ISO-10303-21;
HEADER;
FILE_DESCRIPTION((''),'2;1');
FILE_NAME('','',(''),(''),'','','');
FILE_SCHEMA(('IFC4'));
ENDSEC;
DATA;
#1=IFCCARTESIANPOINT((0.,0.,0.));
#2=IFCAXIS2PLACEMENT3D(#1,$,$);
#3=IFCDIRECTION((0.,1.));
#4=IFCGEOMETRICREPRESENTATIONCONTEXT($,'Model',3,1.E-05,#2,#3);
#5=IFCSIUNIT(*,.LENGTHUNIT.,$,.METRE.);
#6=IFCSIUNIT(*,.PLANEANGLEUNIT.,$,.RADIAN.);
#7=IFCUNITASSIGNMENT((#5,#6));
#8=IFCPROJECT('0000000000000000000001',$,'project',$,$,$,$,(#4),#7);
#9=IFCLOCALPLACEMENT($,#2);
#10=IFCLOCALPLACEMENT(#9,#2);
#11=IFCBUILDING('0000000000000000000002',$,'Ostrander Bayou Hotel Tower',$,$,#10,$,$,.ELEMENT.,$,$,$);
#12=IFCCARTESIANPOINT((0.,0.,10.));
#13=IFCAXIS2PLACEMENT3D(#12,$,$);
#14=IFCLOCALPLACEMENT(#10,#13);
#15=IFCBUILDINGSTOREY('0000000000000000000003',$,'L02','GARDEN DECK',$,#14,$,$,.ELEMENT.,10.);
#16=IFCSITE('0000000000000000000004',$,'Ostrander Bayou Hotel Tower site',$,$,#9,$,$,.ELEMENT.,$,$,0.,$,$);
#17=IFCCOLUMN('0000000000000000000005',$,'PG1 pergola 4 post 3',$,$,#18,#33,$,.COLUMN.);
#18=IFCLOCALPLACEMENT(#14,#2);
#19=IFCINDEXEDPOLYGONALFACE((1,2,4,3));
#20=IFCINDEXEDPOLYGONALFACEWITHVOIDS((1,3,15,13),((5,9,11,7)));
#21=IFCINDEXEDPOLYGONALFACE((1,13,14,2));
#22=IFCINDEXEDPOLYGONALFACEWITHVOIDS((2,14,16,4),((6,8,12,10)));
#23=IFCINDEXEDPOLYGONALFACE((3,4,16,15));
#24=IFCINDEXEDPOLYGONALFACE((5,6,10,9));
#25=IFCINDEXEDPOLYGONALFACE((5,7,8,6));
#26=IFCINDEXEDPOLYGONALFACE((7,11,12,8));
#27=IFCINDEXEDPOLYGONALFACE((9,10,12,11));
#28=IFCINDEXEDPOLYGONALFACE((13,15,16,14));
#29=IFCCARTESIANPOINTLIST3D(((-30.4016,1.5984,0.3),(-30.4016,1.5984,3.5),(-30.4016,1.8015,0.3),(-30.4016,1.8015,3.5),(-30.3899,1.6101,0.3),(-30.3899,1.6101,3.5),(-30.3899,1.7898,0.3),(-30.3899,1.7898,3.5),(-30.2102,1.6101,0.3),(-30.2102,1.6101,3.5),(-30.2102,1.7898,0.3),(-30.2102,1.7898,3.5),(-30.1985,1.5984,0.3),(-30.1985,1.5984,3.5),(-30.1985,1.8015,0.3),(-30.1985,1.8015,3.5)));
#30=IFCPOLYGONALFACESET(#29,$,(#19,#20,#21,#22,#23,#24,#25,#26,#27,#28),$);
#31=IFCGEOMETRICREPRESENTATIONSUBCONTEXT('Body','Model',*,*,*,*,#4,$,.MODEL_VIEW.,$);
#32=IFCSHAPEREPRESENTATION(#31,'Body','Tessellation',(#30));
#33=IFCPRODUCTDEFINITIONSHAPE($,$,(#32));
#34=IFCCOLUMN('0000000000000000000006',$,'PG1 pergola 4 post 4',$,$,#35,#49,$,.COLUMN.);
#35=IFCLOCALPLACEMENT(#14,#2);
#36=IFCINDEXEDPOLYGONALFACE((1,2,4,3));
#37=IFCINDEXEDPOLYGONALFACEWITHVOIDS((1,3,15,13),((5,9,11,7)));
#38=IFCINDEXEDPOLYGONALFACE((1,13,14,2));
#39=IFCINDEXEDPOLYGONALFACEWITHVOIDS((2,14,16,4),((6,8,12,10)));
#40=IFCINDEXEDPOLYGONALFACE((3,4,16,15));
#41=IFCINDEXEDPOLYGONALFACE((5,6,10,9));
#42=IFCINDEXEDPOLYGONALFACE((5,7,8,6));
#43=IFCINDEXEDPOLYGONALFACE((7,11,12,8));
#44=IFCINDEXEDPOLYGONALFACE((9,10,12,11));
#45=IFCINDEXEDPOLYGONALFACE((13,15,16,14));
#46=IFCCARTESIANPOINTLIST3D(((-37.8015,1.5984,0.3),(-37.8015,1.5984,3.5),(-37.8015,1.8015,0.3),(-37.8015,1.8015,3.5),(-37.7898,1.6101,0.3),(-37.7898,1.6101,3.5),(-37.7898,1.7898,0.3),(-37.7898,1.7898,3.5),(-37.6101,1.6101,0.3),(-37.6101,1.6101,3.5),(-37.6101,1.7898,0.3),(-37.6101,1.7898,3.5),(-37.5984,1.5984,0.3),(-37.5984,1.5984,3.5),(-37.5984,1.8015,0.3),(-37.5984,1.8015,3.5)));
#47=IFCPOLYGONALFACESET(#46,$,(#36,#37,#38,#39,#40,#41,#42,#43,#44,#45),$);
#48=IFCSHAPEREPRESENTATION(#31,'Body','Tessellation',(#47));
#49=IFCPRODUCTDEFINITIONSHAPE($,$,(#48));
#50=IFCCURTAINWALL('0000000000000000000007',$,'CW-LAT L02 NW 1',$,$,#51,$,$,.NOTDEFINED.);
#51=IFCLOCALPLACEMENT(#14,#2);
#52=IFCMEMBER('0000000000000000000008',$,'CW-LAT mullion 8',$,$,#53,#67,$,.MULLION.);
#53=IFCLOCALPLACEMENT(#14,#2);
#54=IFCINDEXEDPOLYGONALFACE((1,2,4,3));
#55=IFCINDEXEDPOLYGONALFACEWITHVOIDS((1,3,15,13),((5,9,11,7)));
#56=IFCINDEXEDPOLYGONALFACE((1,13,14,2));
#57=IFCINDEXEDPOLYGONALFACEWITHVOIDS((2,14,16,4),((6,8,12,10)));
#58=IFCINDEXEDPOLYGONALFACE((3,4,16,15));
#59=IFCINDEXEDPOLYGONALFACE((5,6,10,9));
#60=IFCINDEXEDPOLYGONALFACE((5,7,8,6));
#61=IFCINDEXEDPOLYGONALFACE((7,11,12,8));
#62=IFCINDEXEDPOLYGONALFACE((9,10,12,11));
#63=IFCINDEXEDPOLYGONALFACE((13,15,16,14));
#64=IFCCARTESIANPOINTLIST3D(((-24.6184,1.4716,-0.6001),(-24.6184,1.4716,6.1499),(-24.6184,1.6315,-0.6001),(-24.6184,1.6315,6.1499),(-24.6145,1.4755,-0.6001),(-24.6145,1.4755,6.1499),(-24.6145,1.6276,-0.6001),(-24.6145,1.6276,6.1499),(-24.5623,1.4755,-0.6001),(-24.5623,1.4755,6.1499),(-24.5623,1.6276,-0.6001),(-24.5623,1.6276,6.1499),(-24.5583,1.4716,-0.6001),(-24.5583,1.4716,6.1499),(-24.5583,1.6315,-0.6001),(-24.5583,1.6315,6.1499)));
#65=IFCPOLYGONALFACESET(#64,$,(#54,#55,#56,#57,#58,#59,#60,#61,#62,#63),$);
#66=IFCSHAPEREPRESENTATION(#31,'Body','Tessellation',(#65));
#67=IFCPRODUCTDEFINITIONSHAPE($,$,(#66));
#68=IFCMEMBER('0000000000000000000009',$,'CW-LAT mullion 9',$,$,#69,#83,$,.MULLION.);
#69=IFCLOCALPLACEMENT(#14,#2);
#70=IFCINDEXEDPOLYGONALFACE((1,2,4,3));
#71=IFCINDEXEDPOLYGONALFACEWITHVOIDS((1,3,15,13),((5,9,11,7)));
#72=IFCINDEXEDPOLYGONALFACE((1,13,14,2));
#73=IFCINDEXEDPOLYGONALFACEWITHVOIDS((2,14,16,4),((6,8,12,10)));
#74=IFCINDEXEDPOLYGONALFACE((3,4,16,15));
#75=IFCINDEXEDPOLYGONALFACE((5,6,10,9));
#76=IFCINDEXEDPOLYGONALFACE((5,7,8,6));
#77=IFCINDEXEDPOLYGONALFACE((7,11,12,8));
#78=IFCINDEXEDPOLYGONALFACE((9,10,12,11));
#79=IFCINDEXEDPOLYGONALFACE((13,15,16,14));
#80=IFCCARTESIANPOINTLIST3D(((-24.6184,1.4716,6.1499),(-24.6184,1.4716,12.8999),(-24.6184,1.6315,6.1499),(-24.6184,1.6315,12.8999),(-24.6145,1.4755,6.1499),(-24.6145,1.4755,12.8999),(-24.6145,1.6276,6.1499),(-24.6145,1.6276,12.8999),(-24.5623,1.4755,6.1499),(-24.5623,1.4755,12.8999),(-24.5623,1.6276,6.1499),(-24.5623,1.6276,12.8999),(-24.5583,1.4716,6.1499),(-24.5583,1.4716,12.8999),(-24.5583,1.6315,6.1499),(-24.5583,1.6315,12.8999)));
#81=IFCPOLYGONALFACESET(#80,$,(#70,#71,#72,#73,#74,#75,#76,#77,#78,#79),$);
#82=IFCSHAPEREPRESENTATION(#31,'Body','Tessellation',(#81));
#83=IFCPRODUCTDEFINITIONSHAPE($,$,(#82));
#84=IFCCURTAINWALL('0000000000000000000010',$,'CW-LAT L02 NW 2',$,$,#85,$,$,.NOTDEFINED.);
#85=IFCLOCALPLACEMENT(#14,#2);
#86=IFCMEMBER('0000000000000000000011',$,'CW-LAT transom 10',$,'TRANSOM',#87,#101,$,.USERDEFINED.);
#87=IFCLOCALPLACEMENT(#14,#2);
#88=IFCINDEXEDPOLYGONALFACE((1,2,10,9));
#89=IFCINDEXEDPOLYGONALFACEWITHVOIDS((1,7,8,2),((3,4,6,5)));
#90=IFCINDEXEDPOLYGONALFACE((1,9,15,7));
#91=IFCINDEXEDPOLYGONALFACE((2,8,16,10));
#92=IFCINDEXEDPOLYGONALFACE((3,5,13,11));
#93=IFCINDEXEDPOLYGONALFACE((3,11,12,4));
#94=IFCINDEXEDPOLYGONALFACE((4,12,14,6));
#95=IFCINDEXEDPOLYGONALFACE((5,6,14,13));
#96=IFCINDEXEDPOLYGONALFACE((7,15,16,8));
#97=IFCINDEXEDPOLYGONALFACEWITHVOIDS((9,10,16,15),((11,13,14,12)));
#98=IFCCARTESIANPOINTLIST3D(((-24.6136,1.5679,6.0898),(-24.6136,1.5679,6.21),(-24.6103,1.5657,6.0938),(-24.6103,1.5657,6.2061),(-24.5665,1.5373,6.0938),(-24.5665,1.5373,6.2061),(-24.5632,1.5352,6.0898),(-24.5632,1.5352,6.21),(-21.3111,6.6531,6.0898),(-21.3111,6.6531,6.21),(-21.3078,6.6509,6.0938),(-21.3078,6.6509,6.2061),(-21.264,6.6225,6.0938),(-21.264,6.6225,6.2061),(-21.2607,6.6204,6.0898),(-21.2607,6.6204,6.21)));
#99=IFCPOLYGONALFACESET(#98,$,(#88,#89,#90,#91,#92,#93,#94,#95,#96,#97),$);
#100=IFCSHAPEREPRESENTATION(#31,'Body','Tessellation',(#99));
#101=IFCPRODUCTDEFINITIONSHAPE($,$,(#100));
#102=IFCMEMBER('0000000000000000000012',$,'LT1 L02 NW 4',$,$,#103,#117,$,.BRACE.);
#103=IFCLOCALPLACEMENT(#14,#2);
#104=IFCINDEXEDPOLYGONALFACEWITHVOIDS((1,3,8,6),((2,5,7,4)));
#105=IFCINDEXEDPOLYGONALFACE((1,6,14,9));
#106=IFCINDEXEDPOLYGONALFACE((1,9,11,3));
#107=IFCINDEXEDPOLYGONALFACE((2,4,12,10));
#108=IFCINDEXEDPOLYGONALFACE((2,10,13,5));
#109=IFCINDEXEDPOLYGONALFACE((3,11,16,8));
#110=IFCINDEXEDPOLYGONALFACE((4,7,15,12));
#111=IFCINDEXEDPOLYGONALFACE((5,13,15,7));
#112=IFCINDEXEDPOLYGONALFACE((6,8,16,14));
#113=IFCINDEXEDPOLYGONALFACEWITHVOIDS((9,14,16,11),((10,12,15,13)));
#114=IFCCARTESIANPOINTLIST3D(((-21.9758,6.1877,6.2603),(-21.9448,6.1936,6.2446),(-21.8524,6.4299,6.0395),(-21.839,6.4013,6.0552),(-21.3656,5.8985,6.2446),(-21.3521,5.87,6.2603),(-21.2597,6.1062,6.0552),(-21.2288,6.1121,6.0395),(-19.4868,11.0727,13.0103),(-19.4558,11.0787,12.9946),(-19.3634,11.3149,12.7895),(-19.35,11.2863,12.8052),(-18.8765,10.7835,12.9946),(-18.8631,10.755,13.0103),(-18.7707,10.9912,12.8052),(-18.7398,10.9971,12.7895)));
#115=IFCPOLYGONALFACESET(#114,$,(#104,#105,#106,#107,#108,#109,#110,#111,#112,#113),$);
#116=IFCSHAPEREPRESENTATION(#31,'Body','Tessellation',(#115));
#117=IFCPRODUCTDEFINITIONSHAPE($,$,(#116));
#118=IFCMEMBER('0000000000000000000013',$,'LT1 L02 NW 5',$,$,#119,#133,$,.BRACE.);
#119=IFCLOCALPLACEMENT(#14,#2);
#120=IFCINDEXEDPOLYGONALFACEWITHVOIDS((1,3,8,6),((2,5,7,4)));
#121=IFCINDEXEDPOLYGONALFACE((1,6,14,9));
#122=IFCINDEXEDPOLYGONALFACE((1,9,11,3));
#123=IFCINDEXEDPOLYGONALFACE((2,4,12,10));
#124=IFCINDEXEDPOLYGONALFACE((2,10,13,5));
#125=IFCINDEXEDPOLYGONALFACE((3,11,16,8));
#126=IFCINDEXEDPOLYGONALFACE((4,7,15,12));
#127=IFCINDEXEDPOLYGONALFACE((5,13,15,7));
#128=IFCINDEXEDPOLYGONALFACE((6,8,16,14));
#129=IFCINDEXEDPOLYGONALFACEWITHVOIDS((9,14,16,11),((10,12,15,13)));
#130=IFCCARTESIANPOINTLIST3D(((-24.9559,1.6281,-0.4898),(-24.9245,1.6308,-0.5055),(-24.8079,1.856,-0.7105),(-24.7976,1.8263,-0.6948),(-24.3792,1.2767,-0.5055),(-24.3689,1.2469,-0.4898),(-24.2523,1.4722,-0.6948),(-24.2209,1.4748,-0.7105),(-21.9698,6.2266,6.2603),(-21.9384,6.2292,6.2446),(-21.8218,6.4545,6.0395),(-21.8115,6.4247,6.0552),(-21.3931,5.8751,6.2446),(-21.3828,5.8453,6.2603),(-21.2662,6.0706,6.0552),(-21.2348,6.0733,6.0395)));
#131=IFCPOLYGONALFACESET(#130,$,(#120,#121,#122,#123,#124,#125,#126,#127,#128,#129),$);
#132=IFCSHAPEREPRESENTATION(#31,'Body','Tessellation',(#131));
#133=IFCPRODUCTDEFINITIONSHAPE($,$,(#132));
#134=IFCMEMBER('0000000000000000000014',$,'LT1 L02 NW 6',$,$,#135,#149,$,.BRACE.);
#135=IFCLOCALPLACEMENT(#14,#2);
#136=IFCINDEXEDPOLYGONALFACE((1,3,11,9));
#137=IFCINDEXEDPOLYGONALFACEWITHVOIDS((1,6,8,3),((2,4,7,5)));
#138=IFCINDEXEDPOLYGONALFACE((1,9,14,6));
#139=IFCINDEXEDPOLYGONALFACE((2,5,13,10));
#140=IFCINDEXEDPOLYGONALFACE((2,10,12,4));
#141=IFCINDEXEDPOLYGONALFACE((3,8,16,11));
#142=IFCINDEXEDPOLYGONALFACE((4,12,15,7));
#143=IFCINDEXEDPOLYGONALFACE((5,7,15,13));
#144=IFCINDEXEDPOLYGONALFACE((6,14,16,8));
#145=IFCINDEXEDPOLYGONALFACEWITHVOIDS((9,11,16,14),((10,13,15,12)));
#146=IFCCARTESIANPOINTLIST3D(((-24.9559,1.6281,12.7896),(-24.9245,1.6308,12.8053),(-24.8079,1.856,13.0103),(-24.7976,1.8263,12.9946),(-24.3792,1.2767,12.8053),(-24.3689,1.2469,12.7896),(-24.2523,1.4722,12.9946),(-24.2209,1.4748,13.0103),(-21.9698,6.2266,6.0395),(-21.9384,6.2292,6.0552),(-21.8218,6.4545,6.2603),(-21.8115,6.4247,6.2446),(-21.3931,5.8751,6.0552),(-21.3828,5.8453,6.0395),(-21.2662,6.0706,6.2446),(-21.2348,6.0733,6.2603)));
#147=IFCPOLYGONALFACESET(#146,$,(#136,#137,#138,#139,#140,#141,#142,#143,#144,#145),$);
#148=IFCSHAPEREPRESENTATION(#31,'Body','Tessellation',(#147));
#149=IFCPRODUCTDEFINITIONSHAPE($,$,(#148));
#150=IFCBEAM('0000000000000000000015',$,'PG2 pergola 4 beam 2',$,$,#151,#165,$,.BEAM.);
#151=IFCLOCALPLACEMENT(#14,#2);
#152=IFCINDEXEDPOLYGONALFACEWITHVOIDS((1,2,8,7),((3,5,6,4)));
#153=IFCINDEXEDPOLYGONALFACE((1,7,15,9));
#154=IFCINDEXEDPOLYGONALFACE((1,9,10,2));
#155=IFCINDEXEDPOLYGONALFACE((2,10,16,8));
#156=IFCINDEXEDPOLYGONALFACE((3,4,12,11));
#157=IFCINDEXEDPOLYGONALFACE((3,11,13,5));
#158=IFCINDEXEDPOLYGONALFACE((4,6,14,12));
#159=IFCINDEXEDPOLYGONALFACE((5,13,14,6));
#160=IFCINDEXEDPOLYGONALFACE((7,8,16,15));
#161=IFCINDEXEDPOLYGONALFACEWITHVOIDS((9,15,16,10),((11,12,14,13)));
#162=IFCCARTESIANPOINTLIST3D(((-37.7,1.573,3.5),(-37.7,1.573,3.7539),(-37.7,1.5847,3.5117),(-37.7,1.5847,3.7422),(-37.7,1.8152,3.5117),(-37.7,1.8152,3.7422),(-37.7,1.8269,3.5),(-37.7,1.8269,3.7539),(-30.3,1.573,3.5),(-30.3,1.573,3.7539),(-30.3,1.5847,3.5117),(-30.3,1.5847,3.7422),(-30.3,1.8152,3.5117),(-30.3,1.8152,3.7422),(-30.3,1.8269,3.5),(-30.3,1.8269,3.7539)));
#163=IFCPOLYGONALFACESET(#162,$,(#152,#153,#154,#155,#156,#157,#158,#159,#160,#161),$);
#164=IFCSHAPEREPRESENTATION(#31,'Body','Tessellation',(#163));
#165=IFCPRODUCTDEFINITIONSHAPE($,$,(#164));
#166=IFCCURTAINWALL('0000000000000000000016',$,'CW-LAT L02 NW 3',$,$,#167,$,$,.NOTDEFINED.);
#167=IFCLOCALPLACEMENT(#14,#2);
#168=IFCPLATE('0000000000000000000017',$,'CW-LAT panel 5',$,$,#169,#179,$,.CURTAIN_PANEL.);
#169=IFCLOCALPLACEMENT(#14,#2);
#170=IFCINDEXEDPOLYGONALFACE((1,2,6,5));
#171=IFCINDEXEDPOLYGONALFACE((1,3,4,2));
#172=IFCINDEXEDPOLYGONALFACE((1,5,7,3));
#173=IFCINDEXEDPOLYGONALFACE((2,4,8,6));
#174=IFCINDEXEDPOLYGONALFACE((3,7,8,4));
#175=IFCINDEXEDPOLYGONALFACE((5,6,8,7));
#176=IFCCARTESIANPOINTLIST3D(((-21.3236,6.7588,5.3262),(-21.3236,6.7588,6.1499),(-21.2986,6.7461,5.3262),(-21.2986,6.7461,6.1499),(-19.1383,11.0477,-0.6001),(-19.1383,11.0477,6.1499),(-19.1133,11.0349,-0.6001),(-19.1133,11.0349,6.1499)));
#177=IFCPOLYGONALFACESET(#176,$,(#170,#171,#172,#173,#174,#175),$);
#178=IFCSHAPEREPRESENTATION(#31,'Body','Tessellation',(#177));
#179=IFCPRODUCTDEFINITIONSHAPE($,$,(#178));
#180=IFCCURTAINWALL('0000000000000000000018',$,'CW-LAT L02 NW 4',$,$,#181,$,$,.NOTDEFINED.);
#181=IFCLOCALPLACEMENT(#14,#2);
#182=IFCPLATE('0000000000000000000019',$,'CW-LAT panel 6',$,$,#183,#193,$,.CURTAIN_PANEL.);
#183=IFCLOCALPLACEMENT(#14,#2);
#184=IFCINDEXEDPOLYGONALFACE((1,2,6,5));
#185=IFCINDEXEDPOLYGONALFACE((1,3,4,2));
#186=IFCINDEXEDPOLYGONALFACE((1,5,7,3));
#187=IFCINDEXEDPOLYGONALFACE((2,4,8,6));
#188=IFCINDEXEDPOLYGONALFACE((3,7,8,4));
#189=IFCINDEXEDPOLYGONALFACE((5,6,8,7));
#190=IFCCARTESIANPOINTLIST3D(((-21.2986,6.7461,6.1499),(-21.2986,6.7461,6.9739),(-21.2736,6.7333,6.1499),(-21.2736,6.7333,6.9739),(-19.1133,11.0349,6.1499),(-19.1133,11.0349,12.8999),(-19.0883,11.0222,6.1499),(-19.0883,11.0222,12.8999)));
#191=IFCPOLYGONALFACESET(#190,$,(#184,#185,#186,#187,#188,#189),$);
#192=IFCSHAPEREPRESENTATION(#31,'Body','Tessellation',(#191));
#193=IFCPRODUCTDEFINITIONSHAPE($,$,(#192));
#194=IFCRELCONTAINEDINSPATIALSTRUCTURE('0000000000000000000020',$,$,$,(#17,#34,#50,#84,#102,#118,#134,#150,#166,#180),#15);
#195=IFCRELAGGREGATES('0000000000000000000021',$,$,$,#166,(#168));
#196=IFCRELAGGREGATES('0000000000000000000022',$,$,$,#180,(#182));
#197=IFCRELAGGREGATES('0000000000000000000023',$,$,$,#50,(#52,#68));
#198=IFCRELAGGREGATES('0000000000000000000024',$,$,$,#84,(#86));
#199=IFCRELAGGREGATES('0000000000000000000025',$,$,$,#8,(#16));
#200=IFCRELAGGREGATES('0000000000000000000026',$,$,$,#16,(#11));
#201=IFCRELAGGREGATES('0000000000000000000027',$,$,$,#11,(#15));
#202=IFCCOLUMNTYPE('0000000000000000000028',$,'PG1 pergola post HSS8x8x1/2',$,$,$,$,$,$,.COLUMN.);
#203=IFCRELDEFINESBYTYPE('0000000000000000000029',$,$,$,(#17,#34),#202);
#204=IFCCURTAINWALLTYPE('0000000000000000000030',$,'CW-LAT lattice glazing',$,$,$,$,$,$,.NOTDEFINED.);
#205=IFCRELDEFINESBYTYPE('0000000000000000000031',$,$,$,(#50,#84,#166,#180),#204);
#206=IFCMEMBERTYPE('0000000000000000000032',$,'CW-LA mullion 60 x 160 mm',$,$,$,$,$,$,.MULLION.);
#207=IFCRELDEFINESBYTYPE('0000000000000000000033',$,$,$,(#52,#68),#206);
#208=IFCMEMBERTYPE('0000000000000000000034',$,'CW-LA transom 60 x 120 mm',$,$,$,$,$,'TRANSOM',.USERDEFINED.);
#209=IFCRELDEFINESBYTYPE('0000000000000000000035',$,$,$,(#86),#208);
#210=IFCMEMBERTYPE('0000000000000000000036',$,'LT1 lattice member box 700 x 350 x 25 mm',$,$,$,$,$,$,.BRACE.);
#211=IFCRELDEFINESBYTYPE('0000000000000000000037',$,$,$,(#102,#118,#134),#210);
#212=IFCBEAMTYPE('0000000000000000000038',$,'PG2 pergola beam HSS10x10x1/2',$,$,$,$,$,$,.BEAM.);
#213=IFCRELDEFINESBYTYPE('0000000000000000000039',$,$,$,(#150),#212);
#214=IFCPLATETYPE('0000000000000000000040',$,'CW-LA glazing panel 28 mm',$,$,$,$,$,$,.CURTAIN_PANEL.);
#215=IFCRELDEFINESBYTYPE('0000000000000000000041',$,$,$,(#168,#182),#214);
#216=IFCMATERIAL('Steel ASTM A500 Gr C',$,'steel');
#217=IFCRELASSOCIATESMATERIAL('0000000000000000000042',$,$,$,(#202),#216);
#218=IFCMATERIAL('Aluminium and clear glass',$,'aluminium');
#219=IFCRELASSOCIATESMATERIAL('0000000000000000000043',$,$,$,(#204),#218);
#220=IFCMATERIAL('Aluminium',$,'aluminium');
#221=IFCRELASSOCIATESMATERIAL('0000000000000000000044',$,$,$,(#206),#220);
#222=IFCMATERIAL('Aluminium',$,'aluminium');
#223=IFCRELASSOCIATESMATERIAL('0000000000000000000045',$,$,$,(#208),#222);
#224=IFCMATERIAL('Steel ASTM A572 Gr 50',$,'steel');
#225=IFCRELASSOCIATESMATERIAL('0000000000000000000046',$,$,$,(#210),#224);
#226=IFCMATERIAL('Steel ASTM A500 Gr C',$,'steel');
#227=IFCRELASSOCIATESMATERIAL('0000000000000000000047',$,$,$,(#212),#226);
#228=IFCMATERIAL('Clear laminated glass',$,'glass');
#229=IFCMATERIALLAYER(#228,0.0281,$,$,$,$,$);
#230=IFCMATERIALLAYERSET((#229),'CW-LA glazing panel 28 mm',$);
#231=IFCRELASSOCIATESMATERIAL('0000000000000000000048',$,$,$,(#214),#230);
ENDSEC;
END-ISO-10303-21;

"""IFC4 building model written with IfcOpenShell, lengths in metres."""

from ifc_helpers import new_model, si_unit, direction, frame, origin, origin_2d, place, context, subcontext, project, spatial, polyline, hollow_rectangle, outline, extrude, material, layer, layer_set, material_profile, profile_set, type_object, element, aggregate, save


model = new_model("IFC4")

# Units and contexts
model_context = context("Model", 3, precision=1e-05, world=origin(), true_north=direction((0.0, 1.0)))
body_context = subcontext(model_context, "Body", "Model", "MODEL_VIEW")
ifc_project = project(units=[si_unit("LENGTHUNIT", "METRE"), si_unit("PLANEANGLEUNIT", "RADIAN")], contexts=[model_context])

# Site, building, storey
site_placement = place(None, origin())
site = spatial("IfcSite", under=ifc_project, at=site_placement, Name="Ostrander Bayou Hotel Tower site", CompositionType="ELEMENT", RefElevation=0.0)
building_placement = place(site_placement, origin())
building = spatial("IfcBuilding", under=site, at=building_placement, Name="Ostrander Bayou Hotel Tower", CompositionType="ELEMENT")
storey_placement = place(building_placement, frame((0.0, 0.0, 10.0)))
storey = spatial("IfcBuildingStorey", under=building, at=storey_placement, Name="L02", Description="GARDEN DECK", CompositionType="ELEMENT", Elevation=10.0)

# Columns
ifc_material_1 = material(Name="Steel ASTM A500 Gr C", Category="steel")
ifc_material_profile_1 = material_profile(ifc_material_1, hollow_rectangle(XDim=0.2031, YDim=0.2031, WallThickness=0.0117, at=origin_2d()))
ifc_profile_set_1 = profile_set([ifc_material_profile_1], Name="Steel ASTM A500 Gr C")
column_type = type_object("IfcColumnType", Name="PG1 pergola post HSS8x8x1/2", PredefinedType="COLUMN", material=ifc_profile_set_1)
for number, where, z_axis, x_axis, name in (
    (1, (-30.3, 1.7, 0.3), (0.0, 0.0, 1.0), (1.0, 0.0, 0.0), "PG1 pergola 4 post 3"),
    (2, (-37.7, 1.7, 0.3), (0.0, 0.0, 1.0), (1.0, 0.0, 0.0), "PG1 pergola 4 post 4"),
):
    element("IfcColumn", number, at=place(storey_placement, frame(where, z_axis=z_axis, x_axis=x_axis)), inside=storey, type_object=column_type, Name=name, PredefinedType="COLUMN", context=body_context, shape_type="SweptSolid", body=[
        extrude(hollow_rectangle(XDim=0.2031, YDim=0.2031, WallThickness=0.0117, at=origin_2d()), origin(), (0.0, 0.0, 1.0), 3.2),
    ])

# Curtain wall, members
ifc_material_2 = material(Name="Aluminium and clear glass", Category="aluminium")
curtain_wall_type = type_object("IfcCurtainWallType", Name="CW-LAT lattice glazing", PredefinedType="NOTDEFINED", material=ifc_material_2)
curtain_wall_1_placement = place(storey_placement, origin())
curtain_wall_1 = element("IfcCurtainWall", 3, at=curtain_wall_1_placement, inside=storey, type_object=curtain_wall_type, Name="CW-LAT L02 NW 1", PredefinedType="NOTDEFINED")
ifc_material_3 = material(Name="Aluminium", Category="aluminium")
ifc_material_profile_2 = material_profile(ifc_material_3, hollow_rectangle(XDim=0.0601, YDim=0.1599, WallThickness=0.0039, at=origin_2d()))
ifc_profile_set_2 = profile_set([ifc_material_profile_2], Name="Aluminium")
member_type_1 = type_object("IfcMemberType", Name="CW-LA mullion 60 x 160 mm", PredefinedType="MULLION", material=ifc_profile_set_2)
member_1_placement = place(storey_placement, frame((-24.5884, 1.5515, -0.6001), z_axis=(0.0, 0.0, 1.0), x_axis=(1.0, 0.0, 0.0)))
member_1 = element("IfcMember", 4, at=member_1_placement, type_object=member_type_1, Name="CW-LAT mullion 8", PredefinedType="MULLION", context=body_context, shape_type="SweptSolid", body=[
    extrude(hollow_rectangle(XDim=0.0601, YDim=0.1599, WallThickness=0.0039, at=origin_2d()), origin(), (0.0, 0.0, 1.0), 6.75),
])
member_2_placement = place(storey_placement, frame((-24.5884, 1.5515, 6.1499), z_axis=(0.0, 0.0, 1.0), x_axis=(1.0, 0.0, 0.0)))
member_2 = element("IfcMember", 5, at=member_2_placement, type_object=member_type_1, Name="CW-LAT mullion 9", PredefinedType="MULLION", context=body_context, shape_type="SweptSolid", body=[
    extrude(hollow_rectangle(XDim=0.0601, YDim=0.1599, WallThickness=0.0039, at=origin_2d()), origin(), (0.0, 0.0, 1.0), 6.75),
])

# Curtain wall, member
curtain_wall_2_placement = place(storey_placement, origin())
curtain_wall_2 = element("IfcCurtainWall", 6, at=curtain_wall_2_placement, inside=storey, type_object=curtain_wall_type, Name="CW-LAT L02 NW 2", PredefinedType="NOTDEFINED")
ifc_material_4 = material(Name="Aluminium", Category="aluminium")
ifc_material_profile_3 = material_profile(ifc_material_4, hollow_rectangle(XDim=0.0601, YDim=0.1201, WallThickness=0.0039, at=origin_2d()))
ifc_profile_set_3 = profile_set([ifc_material_profile_3], Name="Aluminium")
member_type_2 = type_object("IfcMemberType", Name="CW-LA transom 60 x 120 mm", ElementType="TRANSOM", PredefinedType="USERDEFINED", material=ifc_profile_set_3)
member_3_placement = place(storey_placement, frame((-24.5884, 1.5515, 6.1499), z_axis=(0.544653, 0.838662, 0.0), x_axis=(-0.838662, 0.544653, 0.0)))
member_3 = element("IfcMember", 7, at=member_3_placement, type_object=member_type_2, Name="CW-LAT transom 10", ObjectType="TRANSOM", PredefinedType="USERDEFINED", context=body_context, shape_type="SweptSolid", body=[
    extrude(hollow_rectangle(XDim=0.0601, YDim=0.1201, WallThickness=0.0039, at=origin_2d()), origin(), (0.0, 0.0, 1.0), 6.0635),
])

# Members
ifc_material_5 = material(Name="Steel ASTM A572 Gr 50", Category="steel")
ifc_material_profile_4 = material_profile(ifc_material_5, hollow_rectangle(XDim=0.7, YDim=0.3501, WallThickness=0.0249, at=origin_2d()))
ifc_profile_set_4 = profile_set([ifc_material_profile_4], Name="Steel ASTM A572 Gr 50")
member_type_3 = type_object("IfcMemberType", Name="LT1 lattice member box 700 x 350 x 25 mm", PredefinedType="BRACE", material=ifc_profile_set_4)
member_4_placement = place(storey_placement, frame((-21.6023, 6.1499, 6.1499), z_axis=(0.286224, 0.561751, 0.776216), x_axis=(-0.891008, 0.453987, 0.0)))
element("IfcMember", 8, at=member_4_placement, inside=storey, type_object=member_type_3, Name="LT1 L02 NW 4", PredefinedType="BRACE", context=body_context, shape_type="SweptSolid", body=[
    extrude(hollow_rectangle(XDim=0.7, YDim=0.3501, WallThickness=0.0249, at=origin_2d()), origin(), (0.0, 0.0, 1.0), 8.696),
])
for number, where, z_axis, x_axis, name in (
    (9, (-21.6023, 6.1499, 6.1499), (-0.343377, -0.52878, -0.776199), (0.838683, -0.54462, 0.0), "LT1 L02 NW 5"),
    (10, (-21.6023, 6.1499, 6.1499), (-0.343377, -0.52878, 0.776199), (0.838683, -0.54462, 0.0), "LT1 L02 NW 6"),
):
    element("IfcMember", number, at=place(storey_placement, frame(where, z_axis=z_axis, x_axis=x_axis)), inside=storey, type_object=member_type_3, Name=name, PredefinedType="BRACE", context=body_context, shape_type="SweptSolid", body=[
        extrude(hollow_rectangle(XDim=0.7, YDim=0.3501, WallThickness=0.0249, at=origin_2d()), origin(), (0.0, 0.0, 1.0), 8.6963),
    ])

# Beam
ifc_material_6 = material(Name="Steel ASTM A500 Gr C", Category="steel")
ifc_material_profile_5 = material_profile(ifc_material_6, hollow_rectangle(XDim=0.2539, YDim=0.2539, WallThickness=0.0117, at=origin_2d()))
ifc_profile_set_5 = profile_set([ifc_material_profile_5], Name="Steel ASTM A500 Gr C")
beam_type = type_object("IfcBeamType", Name="PG2 pergola beam HSS10x10x1/2", PredefinedType="BEAM", material=ifc_profile_set_5)
beam_placement = place(storey_placement, frame((-37.7, 1.7, 3.627), z_axis=(1.0, 0.0, 0.0), x_axis=(0.0, 1.0, 0.0)))
element("IfcBeam", 11, at=beam_placement, inside=storey, type_object=beam_type, Name="PG2 pergola 4 beam 2", PredefinedType="BEAM", context=body_context, shape_type="SweptSolid", body=[
    extrude(hollow_rectangle(XDim=0.2539, YDim=0.2539, WallThickness=0.0117, at=origin_2d()), origin(), (0.0, 0.0, 1.0), 7.3999),
])

# Curtain walls, plates
curtain_wall_3_placement = place(storey_placement, origin())
curtain_wall_3 = element("IfcCurtainWall", 12, at=curtain_wall_3_placement, inside=storey, type_object=curtain_wall_type, Name="CW-LAT L02 NW 3", PredefinedType="NOTDEFINED")
ifc_material_7 = material(Name="Clear laminated glass", Category="glass")
ifc_layer_1 = layer(ifc_material_7, 0.0281)
ifc_layer_set_1 = layer_set([ifc_layer_1], Name="CW-LA glazing panel 28 mm")
plate_type = type_object("IfcPlateType", Name="CW-LA glazing panel 28 mm", PredefinedType="CURTAIN_PANEL", material=ifc_layer_set_1)
plate_1_placement = place(storey_placement, frame((-21.2986, 6.7461, 5.3262), z_axis=(0.891003, -0.453997, 0.0), x_axis=(0.286229, 0.561746, -0.776218)))
plate_1 = element("IfcPlate", 13, at=plate_1_placement, type_object=plate_type, Name="CW-LAT panel 5", PredefinedType="CURTAIN_PANEL", context=body_context, shape_type="SweptSolid", body=[
    extrude(outline(polyline([(0.0, 0.0), (7.6348, 0.0), (2.3953, 4.2556), (-0.6394, 0.5193), (0.0, 0.0)])), origin(), (0.0, 0.0, -1.0), 0.0281),
])
aggregate(curtain_wall_3, [plate_1])
curtain_wall_4_placement = place(storey_placement, origin())
curtain_wall_4 = element("IfcCurtainWall", 14, at=curtain_wall_4_placement, inside=storey, type_object=curtain_wall_type, Name="CW-LAT L02 NW 4", PredefinedType="NOTDEFINED")
plate_2_placement = place(storey_placement, frame((-21.2986, 6.7461, 6.9739), z_axis=(-0.891003, 0.453997, 0.0), x_axis=(0.286236, 0.56176, 0.776205)))
plate_2 = element("IfcPlate", 15, at=plate_2_placement, type_object=plate_type, Name="CW-LAT panel 6", PredefinedType="CURTAIN_PANEL", context=body_context, shape_type="SweptSolid", body=[
    extrude(outline(polyline([(0.0, 0.0), (7.6346, 0.0), (2.3952, 4.2557), (-0.6396, 0.5195), (0.0, 0.0)])), origin(), (0.0, 0.0, -1.0), 0.0281),
])
aggregate(curtain_wall_4, [plate_2])

aggregate(curtain_wall_1, [member_1, member_2])
aggregate(curtain_wall_2, [member_3])

save(model, "model.ifc")
